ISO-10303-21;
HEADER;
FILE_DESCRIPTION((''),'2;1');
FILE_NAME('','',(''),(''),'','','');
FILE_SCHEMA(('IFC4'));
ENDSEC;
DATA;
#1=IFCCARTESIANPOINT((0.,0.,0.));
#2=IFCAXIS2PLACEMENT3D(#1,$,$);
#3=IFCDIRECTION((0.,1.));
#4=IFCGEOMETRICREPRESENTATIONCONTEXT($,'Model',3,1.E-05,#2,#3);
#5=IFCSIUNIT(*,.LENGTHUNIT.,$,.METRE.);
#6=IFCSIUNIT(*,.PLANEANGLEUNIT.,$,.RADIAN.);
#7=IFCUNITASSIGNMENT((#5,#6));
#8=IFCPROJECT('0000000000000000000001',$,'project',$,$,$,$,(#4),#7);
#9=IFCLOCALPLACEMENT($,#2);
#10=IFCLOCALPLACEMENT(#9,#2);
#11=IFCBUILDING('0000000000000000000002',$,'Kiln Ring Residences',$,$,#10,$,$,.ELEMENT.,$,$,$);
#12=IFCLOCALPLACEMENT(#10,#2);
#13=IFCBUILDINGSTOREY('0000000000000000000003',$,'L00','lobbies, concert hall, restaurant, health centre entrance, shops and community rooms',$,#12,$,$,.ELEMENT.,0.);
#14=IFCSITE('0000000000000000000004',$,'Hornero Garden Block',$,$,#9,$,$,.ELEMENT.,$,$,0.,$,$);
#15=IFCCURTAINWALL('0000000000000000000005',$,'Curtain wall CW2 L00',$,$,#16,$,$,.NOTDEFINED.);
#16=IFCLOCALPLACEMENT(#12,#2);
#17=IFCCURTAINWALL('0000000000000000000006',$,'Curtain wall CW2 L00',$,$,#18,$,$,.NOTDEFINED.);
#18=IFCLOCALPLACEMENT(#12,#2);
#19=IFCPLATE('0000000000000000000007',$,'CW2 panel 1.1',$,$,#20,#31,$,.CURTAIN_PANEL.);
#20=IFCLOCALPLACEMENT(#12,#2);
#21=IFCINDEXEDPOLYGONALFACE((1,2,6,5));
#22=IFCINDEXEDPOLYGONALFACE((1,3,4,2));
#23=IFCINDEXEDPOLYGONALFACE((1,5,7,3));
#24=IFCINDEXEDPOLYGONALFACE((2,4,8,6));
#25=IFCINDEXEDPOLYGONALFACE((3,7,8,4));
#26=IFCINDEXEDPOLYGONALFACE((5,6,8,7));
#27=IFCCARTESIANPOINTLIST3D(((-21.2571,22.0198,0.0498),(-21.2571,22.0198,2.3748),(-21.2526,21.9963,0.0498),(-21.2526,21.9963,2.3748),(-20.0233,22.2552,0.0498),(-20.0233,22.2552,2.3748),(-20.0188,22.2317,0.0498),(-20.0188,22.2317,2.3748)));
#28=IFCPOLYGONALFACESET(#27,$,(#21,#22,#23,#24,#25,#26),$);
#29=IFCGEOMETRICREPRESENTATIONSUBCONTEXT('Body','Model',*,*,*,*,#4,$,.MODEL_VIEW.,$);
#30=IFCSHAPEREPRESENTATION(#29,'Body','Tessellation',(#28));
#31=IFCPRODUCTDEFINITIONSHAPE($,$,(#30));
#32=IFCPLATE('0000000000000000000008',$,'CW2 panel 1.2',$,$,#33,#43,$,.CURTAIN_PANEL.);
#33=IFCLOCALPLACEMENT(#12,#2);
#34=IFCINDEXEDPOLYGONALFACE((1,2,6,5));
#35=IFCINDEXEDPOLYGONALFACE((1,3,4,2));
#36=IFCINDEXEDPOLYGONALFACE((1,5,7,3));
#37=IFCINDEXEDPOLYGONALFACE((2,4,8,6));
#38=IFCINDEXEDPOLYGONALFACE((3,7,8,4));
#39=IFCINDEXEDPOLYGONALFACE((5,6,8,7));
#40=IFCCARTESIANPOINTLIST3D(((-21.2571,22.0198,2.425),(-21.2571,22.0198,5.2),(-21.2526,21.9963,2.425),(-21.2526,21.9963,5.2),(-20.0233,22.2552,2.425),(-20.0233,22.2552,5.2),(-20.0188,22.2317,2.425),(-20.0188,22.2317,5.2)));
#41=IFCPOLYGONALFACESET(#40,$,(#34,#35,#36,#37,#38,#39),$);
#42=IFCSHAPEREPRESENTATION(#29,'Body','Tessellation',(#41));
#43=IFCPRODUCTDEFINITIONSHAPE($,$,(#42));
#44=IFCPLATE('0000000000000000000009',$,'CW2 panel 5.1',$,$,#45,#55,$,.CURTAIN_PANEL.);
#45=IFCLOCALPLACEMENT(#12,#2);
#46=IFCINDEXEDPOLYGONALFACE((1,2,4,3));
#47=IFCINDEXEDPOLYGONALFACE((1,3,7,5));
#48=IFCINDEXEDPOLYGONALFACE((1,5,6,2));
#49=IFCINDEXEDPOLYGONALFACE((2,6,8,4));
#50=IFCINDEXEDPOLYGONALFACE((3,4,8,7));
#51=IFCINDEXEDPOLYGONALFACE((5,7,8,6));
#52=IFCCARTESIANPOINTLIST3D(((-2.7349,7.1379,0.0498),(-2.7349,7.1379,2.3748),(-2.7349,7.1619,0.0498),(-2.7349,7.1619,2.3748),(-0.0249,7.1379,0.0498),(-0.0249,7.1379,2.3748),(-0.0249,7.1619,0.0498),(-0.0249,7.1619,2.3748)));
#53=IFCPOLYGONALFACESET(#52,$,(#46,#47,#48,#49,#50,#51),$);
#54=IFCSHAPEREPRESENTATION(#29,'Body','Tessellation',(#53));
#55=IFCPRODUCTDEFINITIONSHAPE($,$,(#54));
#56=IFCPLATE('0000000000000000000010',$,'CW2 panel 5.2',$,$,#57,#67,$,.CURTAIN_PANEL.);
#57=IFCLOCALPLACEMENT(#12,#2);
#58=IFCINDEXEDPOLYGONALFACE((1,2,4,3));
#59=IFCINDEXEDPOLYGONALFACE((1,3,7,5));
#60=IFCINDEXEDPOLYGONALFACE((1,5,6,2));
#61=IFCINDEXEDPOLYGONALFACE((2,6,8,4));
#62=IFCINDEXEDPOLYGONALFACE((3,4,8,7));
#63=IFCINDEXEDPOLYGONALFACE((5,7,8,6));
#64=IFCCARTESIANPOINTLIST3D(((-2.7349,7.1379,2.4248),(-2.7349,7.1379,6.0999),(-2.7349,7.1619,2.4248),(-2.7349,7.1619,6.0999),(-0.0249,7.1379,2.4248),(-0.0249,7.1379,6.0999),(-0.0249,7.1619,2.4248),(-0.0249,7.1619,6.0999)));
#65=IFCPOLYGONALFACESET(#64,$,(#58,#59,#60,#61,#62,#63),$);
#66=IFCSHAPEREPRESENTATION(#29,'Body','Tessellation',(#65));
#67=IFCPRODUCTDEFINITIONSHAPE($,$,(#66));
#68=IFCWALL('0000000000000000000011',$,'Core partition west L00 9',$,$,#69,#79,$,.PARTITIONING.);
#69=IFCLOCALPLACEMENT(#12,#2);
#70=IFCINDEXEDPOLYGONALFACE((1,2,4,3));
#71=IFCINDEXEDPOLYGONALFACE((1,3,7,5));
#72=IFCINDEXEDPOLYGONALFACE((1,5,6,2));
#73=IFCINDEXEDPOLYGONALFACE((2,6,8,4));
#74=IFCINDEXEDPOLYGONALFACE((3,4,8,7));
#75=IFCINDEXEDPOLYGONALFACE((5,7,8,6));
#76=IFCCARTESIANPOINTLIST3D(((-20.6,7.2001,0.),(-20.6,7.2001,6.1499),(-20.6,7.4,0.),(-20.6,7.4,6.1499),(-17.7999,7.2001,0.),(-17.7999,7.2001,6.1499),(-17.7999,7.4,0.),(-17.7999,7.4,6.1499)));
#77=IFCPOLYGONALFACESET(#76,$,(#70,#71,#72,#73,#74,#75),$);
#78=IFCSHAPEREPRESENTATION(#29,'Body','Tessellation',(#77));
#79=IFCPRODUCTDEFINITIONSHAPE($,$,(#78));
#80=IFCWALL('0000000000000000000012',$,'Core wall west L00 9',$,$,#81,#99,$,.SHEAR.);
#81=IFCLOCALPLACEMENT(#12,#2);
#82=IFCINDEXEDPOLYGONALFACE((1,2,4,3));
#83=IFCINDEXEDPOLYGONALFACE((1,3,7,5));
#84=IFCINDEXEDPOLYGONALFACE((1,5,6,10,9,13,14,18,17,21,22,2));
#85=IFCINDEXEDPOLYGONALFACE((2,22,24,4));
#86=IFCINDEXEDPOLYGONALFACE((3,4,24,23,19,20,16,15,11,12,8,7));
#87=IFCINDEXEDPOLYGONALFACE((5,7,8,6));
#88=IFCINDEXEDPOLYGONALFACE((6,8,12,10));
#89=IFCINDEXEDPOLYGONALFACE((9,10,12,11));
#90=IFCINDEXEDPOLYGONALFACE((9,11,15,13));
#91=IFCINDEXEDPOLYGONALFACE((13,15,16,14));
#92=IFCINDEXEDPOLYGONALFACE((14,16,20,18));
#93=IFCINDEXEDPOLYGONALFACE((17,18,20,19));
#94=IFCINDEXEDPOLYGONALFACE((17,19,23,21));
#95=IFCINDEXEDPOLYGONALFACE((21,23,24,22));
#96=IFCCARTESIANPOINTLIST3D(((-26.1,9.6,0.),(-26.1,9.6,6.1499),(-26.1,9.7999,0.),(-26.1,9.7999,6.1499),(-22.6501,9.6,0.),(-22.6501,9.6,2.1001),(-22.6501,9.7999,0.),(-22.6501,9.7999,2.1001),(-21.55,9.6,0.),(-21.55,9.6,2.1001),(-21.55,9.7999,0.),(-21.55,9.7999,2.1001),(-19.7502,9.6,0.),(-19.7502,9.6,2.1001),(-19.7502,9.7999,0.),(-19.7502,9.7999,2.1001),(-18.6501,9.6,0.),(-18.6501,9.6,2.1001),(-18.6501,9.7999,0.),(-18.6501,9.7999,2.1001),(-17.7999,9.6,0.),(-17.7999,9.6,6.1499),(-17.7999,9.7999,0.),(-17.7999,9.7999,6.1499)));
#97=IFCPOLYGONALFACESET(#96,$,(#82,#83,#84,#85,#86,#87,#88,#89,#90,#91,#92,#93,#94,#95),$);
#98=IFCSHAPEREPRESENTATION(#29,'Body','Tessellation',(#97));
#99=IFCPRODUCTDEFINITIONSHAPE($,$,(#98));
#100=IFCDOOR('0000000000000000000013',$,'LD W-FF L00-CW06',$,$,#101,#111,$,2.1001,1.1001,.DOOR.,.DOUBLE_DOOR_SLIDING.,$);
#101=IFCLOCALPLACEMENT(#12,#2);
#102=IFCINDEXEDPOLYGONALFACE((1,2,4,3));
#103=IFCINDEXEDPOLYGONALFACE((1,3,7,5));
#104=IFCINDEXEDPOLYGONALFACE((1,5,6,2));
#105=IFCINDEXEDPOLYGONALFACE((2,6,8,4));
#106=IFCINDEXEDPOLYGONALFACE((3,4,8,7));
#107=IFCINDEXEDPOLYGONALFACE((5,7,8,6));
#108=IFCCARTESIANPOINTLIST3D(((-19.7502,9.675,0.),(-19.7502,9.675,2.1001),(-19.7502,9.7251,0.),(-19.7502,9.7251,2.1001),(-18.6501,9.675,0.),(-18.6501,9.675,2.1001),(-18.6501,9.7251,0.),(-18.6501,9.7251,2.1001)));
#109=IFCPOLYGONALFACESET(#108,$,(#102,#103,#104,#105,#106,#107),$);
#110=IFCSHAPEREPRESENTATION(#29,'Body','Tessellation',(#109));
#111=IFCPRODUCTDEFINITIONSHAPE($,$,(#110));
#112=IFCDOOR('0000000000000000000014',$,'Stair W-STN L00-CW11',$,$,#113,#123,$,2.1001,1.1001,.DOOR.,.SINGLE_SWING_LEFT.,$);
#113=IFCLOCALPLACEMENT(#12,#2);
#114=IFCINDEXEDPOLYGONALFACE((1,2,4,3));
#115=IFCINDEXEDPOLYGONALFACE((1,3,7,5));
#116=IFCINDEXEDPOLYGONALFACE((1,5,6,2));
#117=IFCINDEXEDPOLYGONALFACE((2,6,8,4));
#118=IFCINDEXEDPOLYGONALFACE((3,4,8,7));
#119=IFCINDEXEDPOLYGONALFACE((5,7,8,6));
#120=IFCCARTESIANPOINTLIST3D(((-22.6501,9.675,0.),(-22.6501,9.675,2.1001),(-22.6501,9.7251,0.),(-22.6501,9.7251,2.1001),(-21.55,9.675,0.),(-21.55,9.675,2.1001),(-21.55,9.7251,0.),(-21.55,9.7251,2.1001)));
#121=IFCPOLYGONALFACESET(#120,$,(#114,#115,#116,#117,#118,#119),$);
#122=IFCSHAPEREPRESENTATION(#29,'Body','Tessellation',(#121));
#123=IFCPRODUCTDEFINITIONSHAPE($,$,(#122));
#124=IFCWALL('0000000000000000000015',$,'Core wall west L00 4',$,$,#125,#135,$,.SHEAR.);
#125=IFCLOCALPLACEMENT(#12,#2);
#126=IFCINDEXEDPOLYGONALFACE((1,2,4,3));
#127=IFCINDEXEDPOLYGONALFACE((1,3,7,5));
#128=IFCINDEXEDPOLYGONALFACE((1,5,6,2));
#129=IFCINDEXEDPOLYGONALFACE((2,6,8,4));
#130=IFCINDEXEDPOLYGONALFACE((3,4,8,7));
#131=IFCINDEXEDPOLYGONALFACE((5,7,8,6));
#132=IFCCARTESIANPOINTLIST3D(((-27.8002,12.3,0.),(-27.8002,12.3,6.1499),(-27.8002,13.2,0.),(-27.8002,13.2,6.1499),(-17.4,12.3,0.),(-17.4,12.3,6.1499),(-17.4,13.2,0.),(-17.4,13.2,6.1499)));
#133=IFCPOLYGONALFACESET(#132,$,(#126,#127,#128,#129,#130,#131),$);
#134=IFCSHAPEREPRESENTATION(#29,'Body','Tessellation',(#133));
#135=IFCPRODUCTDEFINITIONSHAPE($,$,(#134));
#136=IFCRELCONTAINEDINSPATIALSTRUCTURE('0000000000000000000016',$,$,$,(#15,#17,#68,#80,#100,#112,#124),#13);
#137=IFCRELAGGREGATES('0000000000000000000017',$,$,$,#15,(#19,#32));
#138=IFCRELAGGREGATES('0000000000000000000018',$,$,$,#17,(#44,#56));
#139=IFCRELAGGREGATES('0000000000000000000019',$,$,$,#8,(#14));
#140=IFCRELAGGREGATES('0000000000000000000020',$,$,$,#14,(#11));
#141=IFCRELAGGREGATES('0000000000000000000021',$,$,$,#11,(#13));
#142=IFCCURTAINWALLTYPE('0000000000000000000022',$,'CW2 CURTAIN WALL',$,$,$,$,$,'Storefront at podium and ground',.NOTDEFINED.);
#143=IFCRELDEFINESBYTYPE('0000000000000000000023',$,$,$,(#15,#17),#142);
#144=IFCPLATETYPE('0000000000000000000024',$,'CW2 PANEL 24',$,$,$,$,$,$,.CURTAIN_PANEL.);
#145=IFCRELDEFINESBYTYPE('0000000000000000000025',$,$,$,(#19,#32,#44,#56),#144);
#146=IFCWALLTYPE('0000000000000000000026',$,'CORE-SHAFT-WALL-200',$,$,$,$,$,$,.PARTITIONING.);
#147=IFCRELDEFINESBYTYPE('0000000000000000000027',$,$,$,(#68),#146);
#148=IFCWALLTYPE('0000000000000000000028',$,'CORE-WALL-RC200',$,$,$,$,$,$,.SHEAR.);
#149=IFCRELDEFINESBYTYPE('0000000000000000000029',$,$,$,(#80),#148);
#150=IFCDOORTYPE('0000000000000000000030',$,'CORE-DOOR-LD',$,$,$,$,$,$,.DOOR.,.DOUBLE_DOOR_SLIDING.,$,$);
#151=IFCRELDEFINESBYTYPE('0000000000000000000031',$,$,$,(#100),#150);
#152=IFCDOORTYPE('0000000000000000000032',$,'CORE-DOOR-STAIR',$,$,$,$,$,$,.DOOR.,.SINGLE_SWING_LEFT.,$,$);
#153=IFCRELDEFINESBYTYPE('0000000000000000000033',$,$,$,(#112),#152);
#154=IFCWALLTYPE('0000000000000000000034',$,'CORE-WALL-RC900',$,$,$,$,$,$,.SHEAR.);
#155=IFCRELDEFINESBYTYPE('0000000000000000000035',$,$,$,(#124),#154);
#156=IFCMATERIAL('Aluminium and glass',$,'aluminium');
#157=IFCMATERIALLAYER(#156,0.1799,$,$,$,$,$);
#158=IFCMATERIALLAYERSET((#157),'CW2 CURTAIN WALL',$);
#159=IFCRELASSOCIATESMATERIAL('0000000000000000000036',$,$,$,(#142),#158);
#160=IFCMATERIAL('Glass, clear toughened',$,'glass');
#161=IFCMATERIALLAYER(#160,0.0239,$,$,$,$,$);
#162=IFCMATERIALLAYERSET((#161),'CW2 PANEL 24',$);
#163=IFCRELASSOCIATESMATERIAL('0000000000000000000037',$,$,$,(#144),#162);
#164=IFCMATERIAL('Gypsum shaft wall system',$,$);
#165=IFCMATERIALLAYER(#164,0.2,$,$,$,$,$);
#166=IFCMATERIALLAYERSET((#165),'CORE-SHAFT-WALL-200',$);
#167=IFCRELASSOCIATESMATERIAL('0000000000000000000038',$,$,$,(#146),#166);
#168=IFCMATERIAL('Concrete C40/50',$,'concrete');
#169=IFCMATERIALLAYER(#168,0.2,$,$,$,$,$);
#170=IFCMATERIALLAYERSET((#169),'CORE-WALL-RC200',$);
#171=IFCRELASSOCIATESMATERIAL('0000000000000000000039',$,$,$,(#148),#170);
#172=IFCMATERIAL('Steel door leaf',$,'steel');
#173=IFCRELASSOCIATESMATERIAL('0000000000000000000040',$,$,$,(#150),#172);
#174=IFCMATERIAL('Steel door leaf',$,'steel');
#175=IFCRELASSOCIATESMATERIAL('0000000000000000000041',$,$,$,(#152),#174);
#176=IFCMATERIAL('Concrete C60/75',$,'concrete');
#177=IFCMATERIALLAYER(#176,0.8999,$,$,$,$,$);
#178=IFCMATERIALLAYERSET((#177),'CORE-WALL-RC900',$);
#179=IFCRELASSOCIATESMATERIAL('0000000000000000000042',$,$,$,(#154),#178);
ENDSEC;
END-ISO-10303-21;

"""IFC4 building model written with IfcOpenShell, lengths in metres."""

from ifc_helpers import new_model, si_unit, direction, frame, frame_2d, origin, origin_2d, place, context, subcontext, project, spatial, rectangle, extrude, material, layer, layer_set, type_object, element, fill, aggregate, save


model = new_model("IFC4")

# Units and contexts
model_context = context("Model", 3, precision=1e-05, world=origin(), true_north=direction((0.0, 1.0)))
body_context = subcontext(model_context, "Body", "Model", "MODEL_VIEW")
ifc_project = project(units=[si_unit("LENGTHUNIT", "METRE"), si_unit("PLANEANGLEUNIT", "RADIAN")], contexts=[model_context])

# Site, building, storey
site_placement = place(None, origin())
site = spatial("IfcSite", under=ifc_project, at=site_placement, Name="Hornero Garden Block", CompositionType="ELEMENT", RefElevation=0.0)
building_placement = place(site_placement, origin())
building = spatial("IfcBuilding", under=site, at=building_placement, Name="Kiln Ring Residences", CompositionType="ELEMENT")
storey_placement = place(building_placement, origin())
storey = spatial("IfcBuildingStorey", under=building, at=storey_placement, Name="L00", Description="lobbies, concert hall, restaurant, health centre entrance, shops and community rooms", CompositionType="ELEMENT", Elevation=0.0)

# Curtain walls
ifc_material_1 = material(Name="Aluminium and glass", Category="aluminium")
ifc_layer_1 = layer(ifc_material_1, 0.1799)
ifc_layer_set_1 = layer_set([ifc_layer_1], Name="CW2 CURTAIN WALL")
curtain_wall_type = type_object("IfcCurtainWallType", Name="CW2 CURTAIN WALL", ElementType="Storefront at podium and ground", PredefinedType="NOTDEFINED", material=ifc_layer_set_1)
placement = place(storey_placement, origin())
curtain_wall_1 = element("IfcCurtainWall", 1, at=placement, inside=storey, type_object=curtain_wall_type, Name="Curtain wall CW2 L00", PredefinedType="NOTDEFINED")
curtain_wall_2 = element("IfcCurtainWall", 2, at=placement, inside=storey, type_object=curtain_wall_type, Name="Curtain wall CW2 L00", PredefinedType="NOTDEFINED")

# Plates
ifc_material_2 = material(Name="Glass, clear toughened", Category="glass")
ifc_layer_2 = layer(ifc_material_2, 0.0239)
ifc_layer_set_2 = layer_set([ifc_layer_2], Name="CW2 PANEL 24")
plate_type = type_object("IfcPlateType", Name="CW2 PANEL 24", PredefinedType="CURTAIN_PANEL", material=ifc_layer_set_2)
plate_1_placement = place(storey_placement, frame((-20.6379, 22.1257, 0.0498), z_axis=(0.0, 0.0, 1.0), x_axis=(-0.98229, -0.187366, 0.0)))
plate_1 = element("IfcPlate", 3, at=plate_1_placement, type_object=plate_type, Name="CW2 panel 1.1", PredefinedType="CURTAIN_PANEL", context=body_context, shape_type="SweptSolid", body=[
    extrude(rectangle(XDim=1.2561, YDim=0.0239, at=origin_2d()), origin(), (0.0, 0.0, 1.0), 2.325),
])
plate_2_placement = place(storey_placement, frame((-20.6379, 22.1257, 2.425), z_axis=(0.0, 0.0, 1.0), x_axis=(-0.98229, -0.187366, 0.0)))
plate_2 = element("IfcPlate", 4, at=plate_2_placement, type_object=plate_type, Name="CW2 panel 1.2", PredefinedType="CURTAIN_PANEL", context=body_context, shape_type="SweptSolid", body=[
    extrude(rectangle(XDim=1.2561, YDim=0.0239, at=origin_2d()), origin(), (0.0, 0.0, 1.0), 2.7749),
])
aggregate(curtain_wall_1, [plate_1, plate_2])
plate_3_placement = place(storey_placement, frame((-1.3799, 7.1499, 0.0498), z_axis=(0.0, 0.0, 1.0), x_axis=(1.0, 0.0, 0.0)))
plate_3 = element("IfcPlate", 5, at=plate_3_placement, type_object=plate_type, Name="CW2 panel 5.1", PredefinedType="CURTAIN_PANEL", context=body_context, shape_type="SweptSolid", body=[
    extrude(rectangle(XDim=2.71, YDim=0.0239, at=origin_2d()), origin(), (0.0, 0.0, 1.0), 2.325),
])
plate_4_placement = place(storey_placement, frame((-1.3799, 7.1499, 2.4248), z_axis=(0.0, 0.0, 1.0), x_axis=(1.0, 0.0, 0.0)))
plate_4 = element("IfcPlate", 6, at=plate_4_placement, type_object=plate_type, Name="CW2 panel 5.2", PredefinedType="CURTAIN_PANEL", context=body_context, shape_type="SweptSolid", body=[
    extrude(rectangle(XDim=2.71, YDim=0.0239, at=origin_2d()), origin(), (0.0, 0.0, 1.0), 3.675),
])
aggregate(curtain_wall_2, [plate_3, plate_4])

# Wall
ifc_material_3 = material(Name="Gypsum shaft wall system")
ifc_layer_3 = layer(ifc_material_3, 0.2)
ifc_layer_set_3 = layer_set([ifc_layer_3], Name="CORE-SHAFT-WALL-200")
wall_type_1 = type_object("IfcWallType", Name="CORE-SHAFT-WALL-200", PredefinedType="PARTITIONING", material=ifc_layer_set_3)
wall_1_placement = place(storey_placement, frame((-17.8, 7.3, 0.0), z_axis=(0.0, 0.0, 1.0), x_axis=(-1.0, 0.0, 0.0)))
element("IfcWall", 7, at=wall_1_placement, inside=storey, type_object=wall_type_1, Name="Core partition west L00 9", PredefinedType="PARTITIONING", context=body_context, shape_type="SweptSolid", body=[
    extrude(rectangle(XDim=2.8, YDim=0.2, at=frame_2d((1.3999, 0.0))), origin(), (0.0, 0.0, 1.0), 6.1499),
])

# Wall, openings, doors
ifc_material_4 = material(Name="Concrete C40/50", Category="concrete")
ifc_layer_4 = layer(ifc_material_4, 0.2)
ifc_layer_set_4 = layer_set([ifc_layer_4], Name="CORE-WALL-RC200")
wall_type_2 = type_object("IfcWallType", Name="CORE-WALL-RC200", PredefinedType="SHEAR", material=ifc_layer_set_4)
wall_2_placement = place(storey_placement, frame((-17.8, 9.7, 0.0), z_axis=(0.0, 0.0, 1.0), x_axis=(-1.0, 0.0, 0.0)))
wall_2 = element("IfcWall", 8, at=wall_2_placement, inside=storey, type_object=wall_type_2, Name="Core wall west L00 9", PredefinedType="SHEAR", context=body_context, shape_type="SweptSolid", body=[
    extrude(rectangle(XDim=8.3, YDim=0.2, at=frame_2d((4.1499, 0.0))), origin(), (0.0, 0.0, 1.0), 6.1499),
])
opening_1_placement = place(wall_2_placement, frame((0.8501, 0.0, 0.0)))
opening_1 = element("IfcOpeningElement", 9, at=opening_1_placement, cuts=wall_2, PredefinedType="OPENING", context=body_context, shape_type="SweptSolid", body=[
    extrude(rectangle(XDim=1.1001, YDim=2.1001, at=frame_2d((0.55, 1.05))), frame((0.0, 0.1099, 0.0), z_axis=(0.0, -1.0, 0.0), x_axis=(1.0, 0.0, 0.0)), (0.0, 0.0, 1.0), 0.22),
])
opening_2_placement = place(wall_2_placement, frame((3.75, 0.0, 0.0)))
opening_2 = element("IfcOpeningElement", 10, at=opening_2_placement, cuts=wall_2, PredefinedType="OPENING", context=body_context, shape_type="SweptSolid", body=[
    extrude(rectangle(XDim=1.1001, YDim=2.1001, at=frame_2d((0.55, 1.05))), frame((0.0, 0.1099, 0.0), z_axis=(0.0, -1.0, 0.0), x_axis=(1.0, 0.0, 0.0)), (0.0, 0.0, 1.0), 0.22),
])
ifc_material_5 = material(Name="Steel door leaf", Category="steel")
door_type_1 = type_object("IfcDoorType", Name="CORE-DOOR-LD", OperationType="DOUBLE_DOOR_SLIDING", PredefinedType="DOOR", material=ifc_material_5)
door_1_placement = place(opening_1_placement, origin())
door_1 = element("IfcDoor", 11, at=door_1_placement, inside=storey, type_object=door_type_1, Name="LD W-FF L00-CW06", OperationType="DOUBLE_DOOR_SLIDING", OverallHeight=2.1001, OverallWidth=1.1001, PredefinedType="DOOR", context=body_context, shape_type="SweptSolid", body=[
    extrude(rectangle(XDim=1.1001, YDim=2.1001, at=frame_2d((0.55, 1.05))), frame((0.0, 0.0249, 0.0), z_axis=(0.0, -1.0, 0.0), x_axis=(1.0, 0.0, 0.0)), (0.0, 0.0, 1.0), 0.05),
])
fill(opening_1, door_1)
ifc_material_6 = material(Name="Steel door leaf", Category="steel")
door_type_2 = type_object("IfcDoorType", Name="CORE-DOOR-STAIR", OperationType="SINGLE_SWING_LEFT", PredefinedType="DOOR", material=ifc_material_6)
door_2_placement = place(opening_2_placement, origin())
door_2 = element("IfcDoor", 12, at=door_2_placement, inside=storey, type_object=door_type_2, Name="Stair W-STN L00-CW11", OperationType="SINGLE_SWING_LEFT", OverallHeight=2.1001, OverallWidth=1.1001, PredefinedType="DOOR", context=body_context, shape_type="SweptSolid", body=[
    extrude(rectangle(XDim=1.1001, YDim=2.1001, at=frame_2d((0.55, 1.05))), frame((0.0, 0.0249, 0.0), z_axis=(0.0, -1.0, 0.0), x_axis=(1.0, 0.0, 0.0)), (0.0, 0.0, 1.0), 0.05),
])
fill(opening_2, door_2)

# Wall
ifc_material_7 = material(Name="Concrete C60/75", Category="concrete")
ifc_layer_5 = layer(ifc_material_7, 0.8999)
ifc_layer_set_5 = layer_set([ifc_layer_5], Name="CORE-WALL-RC900")
wall_type_3 = type_object("IfcWallType", Name="CORE-WALL-RC900", PredefinedType="SHEAR", material=ifc_layer_set_5)
wall_3_placement = place(storey_placement, frame((-17.3999, 12.75, 0.0), z_axis=(0.0, 0.0, 1.0), x_axis=(-1.0, 0.0, 0.0)))
element("IfcWall", 13, at=wall_3_placement, inside=storey, type_object=wall_type_3, Name="Core wall west L00 4", PredefinedType="SHEAR", context=body_context, shape_type="SweptSolid", body=[
    extrude(rectangle(XDim=10.4001, YDim=0.8999, at=frame_2d((5.2002, 0.0))), origin(), (0.0, 0.0, 1.0), 6.1499),
])

save(model, "model.ifc")
